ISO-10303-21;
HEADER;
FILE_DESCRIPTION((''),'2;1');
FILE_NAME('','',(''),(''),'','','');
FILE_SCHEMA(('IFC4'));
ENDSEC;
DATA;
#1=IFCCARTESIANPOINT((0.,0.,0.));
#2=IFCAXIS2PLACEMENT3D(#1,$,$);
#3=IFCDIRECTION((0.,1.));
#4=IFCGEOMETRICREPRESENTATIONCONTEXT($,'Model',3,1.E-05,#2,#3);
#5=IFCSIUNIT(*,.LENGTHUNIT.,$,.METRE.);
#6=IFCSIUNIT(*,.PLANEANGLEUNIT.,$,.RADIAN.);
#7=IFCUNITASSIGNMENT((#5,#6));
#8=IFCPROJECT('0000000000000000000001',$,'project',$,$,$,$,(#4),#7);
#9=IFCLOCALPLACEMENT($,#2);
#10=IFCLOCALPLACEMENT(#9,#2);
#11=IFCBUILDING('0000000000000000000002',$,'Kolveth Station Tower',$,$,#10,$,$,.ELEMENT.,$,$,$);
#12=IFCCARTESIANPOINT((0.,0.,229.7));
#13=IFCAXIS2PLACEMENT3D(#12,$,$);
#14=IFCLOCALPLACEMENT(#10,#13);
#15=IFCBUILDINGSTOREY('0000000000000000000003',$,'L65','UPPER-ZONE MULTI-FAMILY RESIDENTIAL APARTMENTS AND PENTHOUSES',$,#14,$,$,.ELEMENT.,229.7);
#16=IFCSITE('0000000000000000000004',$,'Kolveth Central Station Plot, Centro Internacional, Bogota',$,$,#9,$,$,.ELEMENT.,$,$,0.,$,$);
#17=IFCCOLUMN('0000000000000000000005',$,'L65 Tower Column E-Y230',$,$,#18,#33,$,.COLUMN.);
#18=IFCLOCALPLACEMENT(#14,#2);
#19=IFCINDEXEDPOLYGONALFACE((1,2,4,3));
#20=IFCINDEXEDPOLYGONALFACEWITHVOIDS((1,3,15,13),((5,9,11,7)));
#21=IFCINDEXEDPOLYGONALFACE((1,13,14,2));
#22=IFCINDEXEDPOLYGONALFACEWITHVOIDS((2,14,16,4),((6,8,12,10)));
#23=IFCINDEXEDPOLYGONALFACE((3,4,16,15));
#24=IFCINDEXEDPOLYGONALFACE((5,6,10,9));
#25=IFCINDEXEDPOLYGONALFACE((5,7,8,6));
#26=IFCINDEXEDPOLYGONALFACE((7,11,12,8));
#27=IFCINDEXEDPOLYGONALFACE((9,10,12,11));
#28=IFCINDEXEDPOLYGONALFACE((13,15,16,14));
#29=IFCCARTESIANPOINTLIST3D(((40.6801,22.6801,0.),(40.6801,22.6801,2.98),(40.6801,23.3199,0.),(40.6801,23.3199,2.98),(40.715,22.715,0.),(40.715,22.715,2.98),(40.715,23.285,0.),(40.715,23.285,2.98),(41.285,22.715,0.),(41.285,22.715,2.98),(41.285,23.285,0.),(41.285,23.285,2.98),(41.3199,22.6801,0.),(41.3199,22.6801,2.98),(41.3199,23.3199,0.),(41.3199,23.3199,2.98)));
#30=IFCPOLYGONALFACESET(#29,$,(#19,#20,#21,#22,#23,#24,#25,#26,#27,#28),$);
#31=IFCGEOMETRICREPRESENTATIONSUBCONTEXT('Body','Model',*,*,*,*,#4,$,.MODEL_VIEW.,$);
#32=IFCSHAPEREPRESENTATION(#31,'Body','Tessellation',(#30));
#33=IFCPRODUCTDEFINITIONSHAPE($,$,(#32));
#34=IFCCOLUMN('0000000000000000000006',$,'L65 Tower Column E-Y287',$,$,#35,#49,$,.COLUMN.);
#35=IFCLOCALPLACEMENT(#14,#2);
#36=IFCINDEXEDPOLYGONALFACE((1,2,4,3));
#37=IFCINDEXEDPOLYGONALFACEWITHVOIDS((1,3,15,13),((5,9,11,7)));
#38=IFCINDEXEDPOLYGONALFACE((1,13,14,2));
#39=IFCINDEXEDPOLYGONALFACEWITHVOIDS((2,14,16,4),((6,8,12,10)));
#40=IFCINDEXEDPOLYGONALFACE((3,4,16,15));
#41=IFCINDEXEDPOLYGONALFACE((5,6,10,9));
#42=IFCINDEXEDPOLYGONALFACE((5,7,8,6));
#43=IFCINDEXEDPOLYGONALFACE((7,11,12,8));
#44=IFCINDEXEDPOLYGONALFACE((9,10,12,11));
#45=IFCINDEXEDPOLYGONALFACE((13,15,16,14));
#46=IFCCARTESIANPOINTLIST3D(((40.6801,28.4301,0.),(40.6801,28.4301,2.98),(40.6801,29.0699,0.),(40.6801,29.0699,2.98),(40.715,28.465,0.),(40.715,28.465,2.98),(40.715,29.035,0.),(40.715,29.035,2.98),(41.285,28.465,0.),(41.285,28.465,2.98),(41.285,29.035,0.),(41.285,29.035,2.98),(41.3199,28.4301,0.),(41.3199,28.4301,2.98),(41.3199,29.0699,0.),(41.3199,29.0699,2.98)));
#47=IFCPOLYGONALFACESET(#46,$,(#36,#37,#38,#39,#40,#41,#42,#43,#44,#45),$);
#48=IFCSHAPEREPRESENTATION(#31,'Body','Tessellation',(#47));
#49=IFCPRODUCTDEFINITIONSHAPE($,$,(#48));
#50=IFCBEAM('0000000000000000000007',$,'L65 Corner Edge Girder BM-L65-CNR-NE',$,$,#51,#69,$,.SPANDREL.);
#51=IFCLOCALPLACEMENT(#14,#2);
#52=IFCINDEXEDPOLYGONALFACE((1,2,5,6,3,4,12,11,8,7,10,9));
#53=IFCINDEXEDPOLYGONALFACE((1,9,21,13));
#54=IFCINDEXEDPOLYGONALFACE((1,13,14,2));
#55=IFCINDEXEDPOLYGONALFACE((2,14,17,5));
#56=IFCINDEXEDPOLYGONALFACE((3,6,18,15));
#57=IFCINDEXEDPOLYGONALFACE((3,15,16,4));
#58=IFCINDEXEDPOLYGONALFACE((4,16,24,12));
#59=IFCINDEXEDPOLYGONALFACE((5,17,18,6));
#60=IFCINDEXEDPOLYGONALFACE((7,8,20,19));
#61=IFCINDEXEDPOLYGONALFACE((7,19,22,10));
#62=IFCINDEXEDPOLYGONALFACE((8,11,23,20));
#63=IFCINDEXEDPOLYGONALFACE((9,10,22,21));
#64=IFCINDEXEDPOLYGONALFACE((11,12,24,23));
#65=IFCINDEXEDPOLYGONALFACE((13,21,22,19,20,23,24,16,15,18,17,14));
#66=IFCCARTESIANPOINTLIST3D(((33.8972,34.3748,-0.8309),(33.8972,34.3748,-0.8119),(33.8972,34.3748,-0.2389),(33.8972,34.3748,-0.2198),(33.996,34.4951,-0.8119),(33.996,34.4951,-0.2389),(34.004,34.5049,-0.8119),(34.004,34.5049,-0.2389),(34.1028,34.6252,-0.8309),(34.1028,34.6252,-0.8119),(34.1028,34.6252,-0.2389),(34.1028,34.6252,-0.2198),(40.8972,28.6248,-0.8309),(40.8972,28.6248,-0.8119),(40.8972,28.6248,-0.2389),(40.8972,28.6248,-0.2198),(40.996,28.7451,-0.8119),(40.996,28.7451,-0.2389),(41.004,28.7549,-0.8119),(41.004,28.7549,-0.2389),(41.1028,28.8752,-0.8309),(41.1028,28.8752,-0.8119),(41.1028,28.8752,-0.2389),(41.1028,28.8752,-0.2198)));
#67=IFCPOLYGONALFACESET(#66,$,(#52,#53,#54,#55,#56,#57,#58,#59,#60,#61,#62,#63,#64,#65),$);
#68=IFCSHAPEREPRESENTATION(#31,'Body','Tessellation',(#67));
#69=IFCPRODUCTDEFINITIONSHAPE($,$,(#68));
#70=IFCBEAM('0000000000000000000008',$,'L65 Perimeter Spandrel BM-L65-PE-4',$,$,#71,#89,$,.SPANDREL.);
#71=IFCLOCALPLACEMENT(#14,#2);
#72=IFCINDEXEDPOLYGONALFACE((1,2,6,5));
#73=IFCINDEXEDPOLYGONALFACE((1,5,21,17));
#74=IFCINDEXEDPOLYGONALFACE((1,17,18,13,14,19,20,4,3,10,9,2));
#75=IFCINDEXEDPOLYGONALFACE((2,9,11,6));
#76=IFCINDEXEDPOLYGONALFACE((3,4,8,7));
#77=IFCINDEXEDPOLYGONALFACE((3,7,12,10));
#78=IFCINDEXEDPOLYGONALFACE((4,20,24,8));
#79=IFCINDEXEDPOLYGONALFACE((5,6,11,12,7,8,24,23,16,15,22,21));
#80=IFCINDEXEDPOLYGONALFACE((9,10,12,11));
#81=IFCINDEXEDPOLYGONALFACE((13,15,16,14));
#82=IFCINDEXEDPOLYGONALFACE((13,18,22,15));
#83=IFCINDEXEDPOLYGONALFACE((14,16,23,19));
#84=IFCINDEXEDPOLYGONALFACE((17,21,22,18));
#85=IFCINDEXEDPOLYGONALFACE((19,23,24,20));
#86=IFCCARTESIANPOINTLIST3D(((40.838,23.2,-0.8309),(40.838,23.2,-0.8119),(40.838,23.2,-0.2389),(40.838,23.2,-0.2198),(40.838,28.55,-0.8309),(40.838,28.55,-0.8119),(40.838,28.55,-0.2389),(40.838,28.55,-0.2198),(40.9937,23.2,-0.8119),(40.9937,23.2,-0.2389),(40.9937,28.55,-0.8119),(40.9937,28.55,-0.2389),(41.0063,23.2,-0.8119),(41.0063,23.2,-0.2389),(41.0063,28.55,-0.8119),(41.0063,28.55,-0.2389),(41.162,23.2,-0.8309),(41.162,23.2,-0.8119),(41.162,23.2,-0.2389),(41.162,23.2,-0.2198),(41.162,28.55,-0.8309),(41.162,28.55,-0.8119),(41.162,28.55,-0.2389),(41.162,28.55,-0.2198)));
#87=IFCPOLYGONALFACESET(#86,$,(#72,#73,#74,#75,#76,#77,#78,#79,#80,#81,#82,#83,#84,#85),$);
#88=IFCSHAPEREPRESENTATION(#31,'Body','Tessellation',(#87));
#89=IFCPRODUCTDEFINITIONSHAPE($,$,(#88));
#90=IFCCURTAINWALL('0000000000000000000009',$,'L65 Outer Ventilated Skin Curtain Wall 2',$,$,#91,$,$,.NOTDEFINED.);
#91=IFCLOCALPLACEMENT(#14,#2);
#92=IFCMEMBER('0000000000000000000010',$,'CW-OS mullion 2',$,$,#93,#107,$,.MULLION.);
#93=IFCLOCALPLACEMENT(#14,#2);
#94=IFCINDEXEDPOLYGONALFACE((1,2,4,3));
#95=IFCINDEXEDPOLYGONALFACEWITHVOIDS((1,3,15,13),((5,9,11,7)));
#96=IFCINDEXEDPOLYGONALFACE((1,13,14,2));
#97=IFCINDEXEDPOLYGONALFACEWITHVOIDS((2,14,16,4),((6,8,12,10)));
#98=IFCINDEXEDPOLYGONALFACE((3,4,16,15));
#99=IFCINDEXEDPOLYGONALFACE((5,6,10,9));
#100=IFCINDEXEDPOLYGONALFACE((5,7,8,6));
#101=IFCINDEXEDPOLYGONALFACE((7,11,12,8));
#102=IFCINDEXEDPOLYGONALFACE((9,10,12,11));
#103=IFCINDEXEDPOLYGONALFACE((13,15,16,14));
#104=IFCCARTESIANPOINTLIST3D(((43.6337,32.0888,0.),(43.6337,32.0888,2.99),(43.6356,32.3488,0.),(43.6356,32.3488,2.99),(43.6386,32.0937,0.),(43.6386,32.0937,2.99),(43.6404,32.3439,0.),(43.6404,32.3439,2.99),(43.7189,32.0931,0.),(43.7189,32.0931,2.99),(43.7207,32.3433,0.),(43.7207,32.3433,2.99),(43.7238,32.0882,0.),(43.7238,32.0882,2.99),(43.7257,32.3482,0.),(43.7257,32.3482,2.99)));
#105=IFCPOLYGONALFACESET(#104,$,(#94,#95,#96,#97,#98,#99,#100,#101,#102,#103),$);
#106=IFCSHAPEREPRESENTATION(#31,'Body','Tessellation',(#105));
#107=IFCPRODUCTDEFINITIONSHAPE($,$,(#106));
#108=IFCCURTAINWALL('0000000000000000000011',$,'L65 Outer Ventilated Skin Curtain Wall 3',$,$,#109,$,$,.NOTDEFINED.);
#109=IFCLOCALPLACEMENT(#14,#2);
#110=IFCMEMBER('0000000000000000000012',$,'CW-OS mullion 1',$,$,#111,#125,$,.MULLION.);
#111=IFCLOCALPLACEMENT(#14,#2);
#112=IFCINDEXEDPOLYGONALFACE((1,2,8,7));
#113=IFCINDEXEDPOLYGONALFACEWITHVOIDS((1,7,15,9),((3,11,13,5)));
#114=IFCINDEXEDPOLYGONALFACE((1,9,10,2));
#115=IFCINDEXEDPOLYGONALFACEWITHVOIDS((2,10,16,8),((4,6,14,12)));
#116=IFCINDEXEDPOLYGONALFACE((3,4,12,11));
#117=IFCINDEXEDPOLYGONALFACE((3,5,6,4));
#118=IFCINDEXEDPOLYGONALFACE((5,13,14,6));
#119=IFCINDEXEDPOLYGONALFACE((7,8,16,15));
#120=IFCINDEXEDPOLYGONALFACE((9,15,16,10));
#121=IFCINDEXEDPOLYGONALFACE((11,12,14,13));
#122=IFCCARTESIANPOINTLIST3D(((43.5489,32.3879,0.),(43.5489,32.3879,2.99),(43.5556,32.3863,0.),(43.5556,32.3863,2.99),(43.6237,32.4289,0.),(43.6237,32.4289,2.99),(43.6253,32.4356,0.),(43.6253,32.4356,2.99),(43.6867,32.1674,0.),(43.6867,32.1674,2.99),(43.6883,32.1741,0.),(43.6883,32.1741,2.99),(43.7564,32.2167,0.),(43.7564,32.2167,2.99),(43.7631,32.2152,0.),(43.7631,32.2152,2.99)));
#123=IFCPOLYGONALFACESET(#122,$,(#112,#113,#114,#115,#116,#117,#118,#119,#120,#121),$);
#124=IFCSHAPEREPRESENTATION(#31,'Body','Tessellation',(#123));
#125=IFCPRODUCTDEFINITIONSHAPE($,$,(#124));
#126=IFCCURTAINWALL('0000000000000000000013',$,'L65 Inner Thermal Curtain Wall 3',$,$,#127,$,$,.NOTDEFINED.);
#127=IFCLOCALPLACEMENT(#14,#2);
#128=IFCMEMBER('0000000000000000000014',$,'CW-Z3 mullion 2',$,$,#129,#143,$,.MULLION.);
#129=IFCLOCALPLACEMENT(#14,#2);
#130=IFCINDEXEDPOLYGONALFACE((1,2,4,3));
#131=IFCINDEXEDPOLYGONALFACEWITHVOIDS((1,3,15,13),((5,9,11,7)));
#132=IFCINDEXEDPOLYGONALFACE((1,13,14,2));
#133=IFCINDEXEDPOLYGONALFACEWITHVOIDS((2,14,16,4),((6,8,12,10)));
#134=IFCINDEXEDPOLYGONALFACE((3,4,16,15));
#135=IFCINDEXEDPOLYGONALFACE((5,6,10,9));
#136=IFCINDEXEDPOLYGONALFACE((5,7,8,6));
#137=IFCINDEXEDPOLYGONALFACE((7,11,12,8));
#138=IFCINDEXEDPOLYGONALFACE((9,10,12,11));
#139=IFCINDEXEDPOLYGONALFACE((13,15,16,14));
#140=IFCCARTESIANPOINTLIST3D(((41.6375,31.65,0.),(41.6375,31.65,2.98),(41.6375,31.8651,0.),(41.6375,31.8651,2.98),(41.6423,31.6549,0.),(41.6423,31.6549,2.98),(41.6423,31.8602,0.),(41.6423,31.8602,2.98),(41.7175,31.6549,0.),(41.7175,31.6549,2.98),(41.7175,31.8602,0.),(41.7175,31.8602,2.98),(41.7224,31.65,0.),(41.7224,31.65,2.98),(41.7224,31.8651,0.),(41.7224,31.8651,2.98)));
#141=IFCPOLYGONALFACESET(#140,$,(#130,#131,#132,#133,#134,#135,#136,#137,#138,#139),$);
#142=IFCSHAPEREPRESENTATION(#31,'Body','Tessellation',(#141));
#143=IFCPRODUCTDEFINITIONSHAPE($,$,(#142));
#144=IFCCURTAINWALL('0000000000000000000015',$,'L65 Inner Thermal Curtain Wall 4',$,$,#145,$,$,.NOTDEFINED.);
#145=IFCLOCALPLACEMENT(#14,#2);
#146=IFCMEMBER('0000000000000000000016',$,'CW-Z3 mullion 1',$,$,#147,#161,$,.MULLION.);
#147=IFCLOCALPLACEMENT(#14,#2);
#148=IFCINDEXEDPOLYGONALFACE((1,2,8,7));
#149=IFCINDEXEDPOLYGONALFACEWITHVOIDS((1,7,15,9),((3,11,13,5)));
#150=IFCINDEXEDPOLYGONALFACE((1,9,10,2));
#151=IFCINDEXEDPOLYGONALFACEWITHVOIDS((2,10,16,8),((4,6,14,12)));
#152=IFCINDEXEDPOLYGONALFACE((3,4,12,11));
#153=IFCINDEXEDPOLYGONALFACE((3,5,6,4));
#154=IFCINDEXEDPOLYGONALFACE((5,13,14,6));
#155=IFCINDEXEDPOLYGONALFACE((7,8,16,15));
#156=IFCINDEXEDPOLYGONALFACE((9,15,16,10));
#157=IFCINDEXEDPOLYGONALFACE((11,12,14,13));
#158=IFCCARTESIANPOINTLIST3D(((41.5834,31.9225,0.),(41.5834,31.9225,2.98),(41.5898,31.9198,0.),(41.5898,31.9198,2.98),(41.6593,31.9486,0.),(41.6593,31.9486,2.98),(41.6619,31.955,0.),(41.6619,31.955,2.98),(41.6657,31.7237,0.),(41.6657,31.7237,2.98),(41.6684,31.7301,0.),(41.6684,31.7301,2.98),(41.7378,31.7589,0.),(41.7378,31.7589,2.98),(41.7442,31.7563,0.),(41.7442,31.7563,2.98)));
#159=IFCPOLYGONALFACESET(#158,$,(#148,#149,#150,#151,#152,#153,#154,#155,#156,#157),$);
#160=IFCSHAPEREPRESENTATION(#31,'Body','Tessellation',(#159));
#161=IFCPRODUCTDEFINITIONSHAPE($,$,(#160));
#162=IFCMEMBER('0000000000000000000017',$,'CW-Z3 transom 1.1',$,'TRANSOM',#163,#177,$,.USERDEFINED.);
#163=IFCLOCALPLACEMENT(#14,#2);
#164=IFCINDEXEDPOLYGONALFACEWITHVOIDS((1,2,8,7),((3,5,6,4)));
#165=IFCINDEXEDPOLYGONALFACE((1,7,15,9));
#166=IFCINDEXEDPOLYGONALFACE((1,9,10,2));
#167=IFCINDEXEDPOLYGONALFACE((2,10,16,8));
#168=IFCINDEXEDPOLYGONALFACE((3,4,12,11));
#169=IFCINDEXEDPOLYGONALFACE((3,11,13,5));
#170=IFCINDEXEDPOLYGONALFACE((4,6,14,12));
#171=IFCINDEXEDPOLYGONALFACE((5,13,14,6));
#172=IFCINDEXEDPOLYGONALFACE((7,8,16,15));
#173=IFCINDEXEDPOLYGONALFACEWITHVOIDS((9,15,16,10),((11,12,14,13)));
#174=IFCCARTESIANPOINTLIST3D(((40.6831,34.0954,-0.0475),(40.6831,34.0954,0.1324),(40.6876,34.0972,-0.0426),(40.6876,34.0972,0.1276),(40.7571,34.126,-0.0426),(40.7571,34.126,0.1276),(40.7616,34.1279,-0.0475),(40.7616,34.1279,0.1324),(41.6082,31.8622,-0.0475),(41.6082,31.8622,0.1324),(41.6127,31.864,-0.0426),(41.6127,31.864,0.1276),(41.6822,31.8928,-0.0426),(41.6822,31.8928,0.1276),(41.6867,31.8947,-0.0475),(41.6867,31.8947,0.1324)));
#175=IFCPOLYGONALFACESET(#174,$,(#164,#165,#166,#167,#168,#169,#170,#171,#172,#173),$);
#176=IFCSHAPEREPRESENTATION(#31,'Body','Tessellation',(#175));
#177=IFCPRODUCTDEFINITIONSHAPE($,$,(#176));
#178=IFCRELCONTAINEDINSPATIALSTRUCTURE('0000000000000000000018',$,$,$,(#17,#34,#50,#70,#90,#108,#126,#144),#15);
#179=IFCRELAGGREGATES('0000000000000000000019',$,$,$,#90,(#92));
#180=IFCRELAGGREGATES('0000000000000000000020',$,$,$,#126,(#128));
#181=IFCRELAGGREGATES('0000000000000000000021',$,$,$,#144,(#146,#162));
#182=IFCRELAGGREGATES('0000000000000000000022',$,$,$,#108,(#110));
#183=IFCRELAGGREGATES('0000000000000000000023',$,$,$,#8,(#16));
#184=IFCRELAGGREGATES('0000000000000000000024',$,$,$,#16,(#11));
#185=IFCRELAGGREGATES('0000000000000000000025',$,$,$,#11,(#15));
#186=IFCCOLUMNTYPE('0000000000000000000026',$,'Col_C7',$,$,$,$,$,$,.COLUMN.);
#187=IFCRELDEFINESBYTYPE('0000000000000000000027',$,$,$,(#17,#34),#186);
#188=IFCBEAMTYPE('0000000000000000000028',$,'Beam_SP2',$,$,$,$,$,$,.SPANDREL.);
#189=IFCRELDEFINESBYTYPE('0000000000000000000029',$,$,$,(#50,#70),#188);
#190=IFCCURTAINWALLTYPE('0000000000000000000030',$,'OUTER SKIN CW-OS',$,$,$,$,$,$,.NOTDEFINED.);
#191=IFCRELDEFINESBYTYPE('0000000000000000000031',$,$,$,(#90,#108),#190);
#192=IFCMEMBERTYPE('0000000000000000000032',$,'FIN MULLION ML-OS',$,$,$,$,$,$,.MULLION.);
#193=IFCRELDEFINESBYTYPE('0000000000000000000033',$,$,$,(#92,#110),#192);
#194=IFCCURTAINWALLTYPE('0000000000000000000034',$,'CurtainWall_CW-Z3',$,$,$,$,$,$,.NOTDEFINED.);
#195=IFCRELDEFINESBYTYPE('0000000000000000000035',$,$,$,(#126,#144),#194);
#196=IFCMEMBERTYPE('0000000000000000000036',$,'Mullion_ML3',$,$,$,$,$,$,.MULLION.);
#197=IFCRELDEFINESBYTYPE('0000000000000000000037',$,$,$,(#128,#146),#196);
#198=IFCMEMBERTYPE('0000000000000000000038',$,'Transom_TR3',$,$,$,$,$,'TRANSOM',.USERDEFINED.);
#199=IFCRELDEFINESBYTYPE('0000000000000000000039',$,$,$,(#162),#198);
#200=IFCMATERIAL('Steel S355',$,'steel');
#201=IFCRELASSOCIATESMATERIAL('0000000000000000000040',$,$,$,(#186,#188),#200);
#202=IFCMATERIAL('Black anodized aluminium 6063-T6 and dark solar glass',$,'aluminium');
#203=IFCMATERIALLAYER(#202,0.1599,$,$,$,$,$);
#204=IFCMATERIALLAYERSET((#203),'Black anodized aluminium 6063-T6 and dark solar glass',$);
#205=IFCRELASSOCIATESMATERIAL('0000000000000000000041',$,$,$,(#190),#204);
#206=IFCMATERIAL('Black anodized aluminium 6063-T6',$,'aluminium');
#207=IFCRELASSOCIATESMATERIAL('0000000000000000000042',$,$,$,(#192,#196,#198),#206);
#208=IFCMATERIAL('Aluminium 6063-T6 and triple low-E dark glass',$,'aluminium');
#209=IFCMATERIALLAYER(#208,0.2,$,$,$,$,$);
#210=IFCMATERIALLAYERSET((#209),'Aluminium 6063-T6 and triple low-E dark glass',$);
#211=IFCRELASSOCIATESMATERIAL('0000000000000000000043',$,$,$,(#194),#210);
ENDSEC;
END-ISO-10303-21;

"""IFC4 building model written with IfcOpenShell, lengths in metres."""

from ifc_helpers import new_model, si_unit, direction, frame, origin, origin_2d, place, context, subcontext, project, spatial, hollow_rectangle, i_section, extrude, source, transform, mapped, material, layer, layer_set, material_profile, profile_set, type_object, element, aggregate, save


model = new_model("IFC4")

# Units and contexts
model_context = context("Model", 3, precision=1e-05, world=origin(), true_north=direction((0.0, 1.0)))
body_context = subcontext(model_context, "Body", "Model", "MODEL_VIEW")
ifc_project = project(units=[si_unit("LENGTHUNIT", "METRE"), si_unit("PLANEANGLEUNIT", "RADIAN")], contexts=[model_context])

# Site, building, storey
site_placement = place(None, origin())
site = spatial("IfcSite", under=ifc_project, at=site_placement, Name="Kolveth Central Station Plot, Centro Internacional, Bogota", CompositionType="ELEMENT", RefElevation=0.0)
building_placement = place(site_placement, origin())
building = spatial("IfcBuilding", under=site, at=building_placement, Name="Kolveth Station Tower", CompositionType="ELEMENT")
storey_placement = place(building_placement, frame((0.0, 0.0, 229.7)))
storey = spatial("IfcBuildingStorey", under=building, at=storey_placement, Name="L65", Description="UPPER-ZONE MULTI-FAMILY RESIDENTIAL APARTMENTS AND PENTHOUSES", CompositionType="ELEMENT", Elevation=229.7)

# Columns
ifc_material_1 = material(Name="Steel S355", Category="steel")
ifc_material_profile_1 = material_profile(ifc_material_1, hollow_rectangle(XDim=0.6399, YDim=0.6399, WallThickness=0.0349, at=origin_2d()), Name="BOX640x640x35")
ifc_profile_set_1 = profile_set([ifc_material_profile_1], Name="Steel S355")
column_type = type_object("IfcColumnType", Name="Col_C7", PredefinedType="COLUMN", material=ifc_profile_set_1)
shared_shape_1 = source(origin(), body_context, "Body", "SweptSolid", [
    extrude(hollow_rectangle(XDim=0.6399, YDim=0.6399, WallThickness=0.0349, at=origin_2d()), origin(), (0.0, 0.0, 1.0), 2.98),
])
for number, where, z_axis, x_axis, name in (
    (1, (41.0, 23.0, 0.0), (0.0, 0.0, 1.0), (1.0, 0.0, 0.0), "L65 Tower Column E-Y230"),
    (2, (41.0, 28.75, 0.0), (0.0, 0.0, 1.0), (1.0, 0.0, 0.0), "L65 Tower Column E-Y287"),
):
    element("IfcColumn", number, at=place(storey_placement, frame(where, z_axis=z_axis, x_axis=x_axis)), inside=storey, type_object=column_type, Name=name, PredefinedType="COLUMN", context=body_context, shape_type="MappedRepresentation", body=[
        mapped(shared_shape_1, transform((0.0, 0.0, 0.0), x_axis=(1.0, 0.0, 0.0), y_axis=(0.0, 1.0, 0.0), z_axis=(0.0, 0.0, 1.0), scale=1.0)),
    ])

# Beams
ifc_material_profile_2 = material_profile(ifc_material_1, i_section(OverallWidth=0.324, OverallDepth=0.6111, WebThickness=0.0127, FlangeThickness=0.019, at=origin_2d()), Name="W610x155")
ifc_profile_set_2 = profile_set([ifc_material_profile_2], Name="Steel S355")
beam_type = type_object("IfcBeamType", Name="Beam_SP2", PredefinedType="SPANDREL", material=ifc_profile_set_2)
shared_shape_2 = source(origin(), body_context, "Body", "SweptSolid", [
    extrude(i_section(OverallWidth=0.324, OverallDepth=0.6111, WebThickness=0.0127, FlangeThickness=0.019, at=origin_2d()), origin(), (0.0, 0.0, 1.0), 9.0588),
])
beam_1_placement = place(storey_placement, frame((41.0, 28.75, -0.5254), z_axis=(-0.772726, 0.634739, 0.0), x_axis=(-0.634739, -0.772726, 0.0)))
element("IfcBeam", 3, at=beam_1_placement, inside=storey, type_object=beam_type, Name="L65 Corner Edge Girder BM-L65-CNR-NE", PredefinedType="SPANDREL", context=body_context, shape_type="MappedRepresentation", body=[
    mapped(shared_shape_2, transform((0.0, 0.0, 0.0), x_axis=(1.0, 0.0, 0.0), y_axis=(0.0, 1.0, 0.0), z_axis=(0.0, 0.0, 1.0), scale=1.0)),
])
shared_shape_3 = source(origin(), body_context, "Body", "SweptSolid", [
    extrude(i_section(OverallWidth=0.324, OverallDepth=0.6111, WebThickness=0.0127, FlangeThickness=0.019, at=origin_2d()), origin(), (0.0, 0.0, 1.0), 5.3501),
])
beam_2_placement = place(storey_placement, frame((41.0, 23.2, -0.5254), z_axis=(0.0, 1.0, 0.0), x_axis=(-1.0, 0.0, 0.0)))
element("IfcBeam", 4, at=beam_2_placement, inside=storey, type_object=beam_type, Name="L65 Perimeter Spandrel BM-L65-PE-4", PredefinedType="SPANDREL", context=body_context, shape_type="MappedRepresentation", body=[
    mapped(shared_shape_3, transform((0.0, 0.0, 0.0), x_axis=(1.0, 0.0, 0.0), y_axis=(0.0, 1.0, 0.0), z_axis=(0.0, 0.0, 1.0), scale=1.0)),
])

# Curtain walls, members
ifc_material_2 = material(Name="Black anodized aluminium 6063-T6 and dark solar glass", Category="aluminium")
ifc_layer_1 = layer(ifc_material_2, 0.1599)
ifc_layer_set_1 = layer_set([ifc_layer_1], Name="Black anodized aluminium 6063-T6 and dark solar glass")
curtain_wall_type_1 = type_object("IfcCurtainWallType", Name="OUTER SKIN CW-OS", PredefinedType="NOTDEFINED", material=ifc_layer_set_1)
curtain_wall_1_placement = place(storey_placement, origin())
curtain_wall_1 = element("IfcCurtainWall", 5, at=curtain_wall_1_placement, inside=storey, type_object=curtain_wall_type_1, Name="L65 Outer Ventilated Skin Curtain Wall 2", PredefinedType="NOTDEFINED")
ifc_material_3 = material(Name="Black anodized aluminium 6063-T6", Category="aluminium")
ifc_material_profile_3 = material_profile(ifc_material_3, hollow_rectangle(XDim=0.0901, YDim=0.26, WallThickness=0.0049, at=origin_2d()), Name="ALU-90x260x5")
ifc_profile_set_3 = profile_set([ifc_material_profile_3], Name="Black anodized aluminium 6063-T6")
member_type_1 = type_object("IfcMemberType", Name="FIN MULLION ML-OS", PredefinedType="MULLION", material=ifc_profile_set_3)
shared_shape_4 = source(origin(), body_context, "Body", "SweptSolid", [
    extrude(hollow_rectangle(XDim=0.0901, YDim=0.26, WallThickness=0.0049, at=origin_2d()), origin(), (0.0, 0.0, 1.0), 2.99),
])
member_1_placement = place(storey_placement, frame((43.6797, 32.2185, 0.0), z_axis=(0.0, 0.0, 1.0), x_axis=(-0.999974, 0.007187, 0.0)))
member_1 = element("IfcMember", 6, at=member_1_placement, type_object=member_type_1, Name="CW-OS mullion 2", PredefinedType="MULLION", context=body_context, shape_type="MappedRepresentation", body=[
    mapped(shared_shape_4, transform((0.0, 0.0, 0.0), x_axis=(1.0, 0.0, 0.0), y_axis=(0.0, 1.0, 0.0), z_axis=(0.0, 0.0, 1.0), scale=1.0)),
])
aggregate(curtain_wall_1, [member_1])
curtain_wall_2_placement = place(storey_placement, origin())
curtain_wall_2 = element("IfcCurtainWall", 7, at=curtain_wall_2_placement, inside=storey, type_object=curtain_wall_type_1, Name="L65 Outer Ventilated Skin Curtain Wall 3", PredefinedType="NOTDEFINED")
member_2_placement = place(storey_placement, frame((43.656, 32.3015, 0.0), z_axis=(0.0, 0.0, 1.0), x_axis=(-0.847924, -0.530118, 0.0)))
member_2 = element("IfcMember", 8, at=member_2_placement, type_object=member_type_1, Name="CW-OS mullion 1", PredefinedType="MULLION", context=body_context, shape_type="MappedRepresentation", body=[
    mapped(shared_shape_4, transform((0.0, 0.0, 0.0), x_axis=(1.0, 0.0, 0.0), y_axis=(0.0, 1.0, 0.0), z_axis=(0.0, 0.0, 1.0), scale=1.0)),
])
ifc_material_4 = material(Name="Aluminium 6063-T6 and triple low-E dark glass", Category="aluminium")
ifc_layer_2 = layer(ifc_material_4, 0.2)
ifc_layer_set_2 = layer_set([ifc_layer_2], Name="Aluminium 6063-T6 and triple low-E dark glass")
curtain_wall_type_2 = type_object("IfcCurtainWallType", Name="CurtainWall_CW-Z3", PredefinedType="NOTDEFINED", material=ifc_layer_set_2)
curtain_wall_3_placement = place(storey_placement, origin())
curtain_wall_3 = element("IfcCurtainWall", 9, at=curtain_wall_3_placement, inside=storey, type_object=curtain_wall_type_2, Name="L65 Inner Thermal Curtain Wall 3", PredefinedType="NOTDEFINED")
ifc_material_profile_4 = material_profile(ifc_material_3, hollow_rectangle(XDim=0.085, YDim=0.2151, WallThickness=0.0049, at=origin_2d()), Name="ALU-85x215x5")
ifc_profile_set_4 = profile_set([ifc_material_profile_4], Name="Black anodized aluminium 6063-T6")
member_type_2 = type_object("IfcMemberType", Name="Mullion_ML3", PredefinedType="MULLION", material=ifc_profile_set_4)
shared_shape_5 = source(origin(), body_context, "Body", "SweptSolid", [
    extrude(hollow_rectangle(XDim=0.085, YDim=0.2151, WallThickness=0.0049, at=origin_2d()), origin(), (0.0, 0.0, 1.0), 2.98),
])
member_3_placement = place(storey_placement, frame((41.6799, 31.7576, 0.0), z_axis=(0.0, 0.0, 1.0), x_axis=(-1.0, 0.0, 0.0)))
member_3 = element("IfcMember", 10, at=member_3_placement, type_object=member_type_2, Name="CW-Z3 mullion 2", PredefinedType="MULLION", context=body_context, shape_type="MappedRepresentation", body=[
    mapped(shared_shape_5, transform((0.0, 0.0, 0.0), x_axis=(1.0, 0.0, 0.0), y_axis=(0.0, 1.0, 0.0), z_axis=(0.0, 0.0, 1.0), scale=1.0)),
])
aggregate(curtain_wall_3, [member_3])

# Curtain wall, members
curtain_wall_4_placement = place(storey_placement, origin())
curtain_wall_4 = element("IfcCurtainWall", 11, at=curtain_wall_4_placement, inside=storey, type_object=curtain_wall_type_2, Name="L65 Inner Thermal Curtain Wall 4", PredefinedType="NOTDEFINED")
member_4_placement = place(storey_placement, frame((41.6638, 31.8394, 0.0), z_axis=(0.0, 0.0, 1.0), x_axis=(-0.923875, -0.382693, 0.0)))
member_4 = element("IfcMember", 12, at=member_4_placement, type_object=member_type_2, Name="CW-Z3 mullion 1", PredefinedType="MULLION", context=body_context, shape_type="MappedRepresentation", body=[
    mapped(shared_shape_5, transform((0.0, 0.0, 0.0), x_axis=(1.0, 0.0, 0.0), y_axis=(0.0, 1.0, 0.0), z_axis=(0.0, 0.0, 1.0), scale=1.0)),
])
ifc_material_profile_5 = material_profile(ifc_material_3, hollow_rectangle(XDim=0.085, YDim=0.1799, WallThickness=0.0049, at=origin_2d()), Name="ALU-85x180x5")
ifc_profile_set_5 = profile_set([ifc_material_profile_5], Name="Black anodized aluminium 6063-T6")
member_type_3 = type_object("IfcMemberType", Name="Transom_TR3", ElementType="TRANSOM", PredefinedType="USERDEFINED", material=ifc_profile_set_5)
shared_shape_6 = source(origin(), body_context, "Body", "SweptSolid", [
    extrude(hollow_rectangle(XDim=0.085, YDim=0.1799, WallThickness=0.0049, at=origin_2d()), origin(), (0.0, 0.0, 1.0), 2.4172),
])
member_5_placement = place(storey_placement, frame((41.6475, 31.8784, 0.0425), z_axis=(-0.3827, 0.923873, 0.0), x_axis=(-0.923873, -0.3827, 0.0)))
member_5 = element("IfcMember", 13, at=member_5_placement, type_object=member_type_3, Name="CW-Z3 transom 1.1", ObjectType="TRANSOM", PredefinedType="USERDEFINED", context=body_context, shape_type="MappedRepresentation", body=[
    mapped(shared_shape_6, transform((0.0, 0.0, 0.0), x_axis=(1.0, 0.0, 0.0), y_axis=(0.0, 1.0, 0.0), z_axis=(0.0, 0.0, 1.0), scale=1.0)),
])
aggregate(curtain_wall_4, [member_4, member_5])

aggregate(curtain_wall_2, [member_2])

save(model, "model.ifc")
